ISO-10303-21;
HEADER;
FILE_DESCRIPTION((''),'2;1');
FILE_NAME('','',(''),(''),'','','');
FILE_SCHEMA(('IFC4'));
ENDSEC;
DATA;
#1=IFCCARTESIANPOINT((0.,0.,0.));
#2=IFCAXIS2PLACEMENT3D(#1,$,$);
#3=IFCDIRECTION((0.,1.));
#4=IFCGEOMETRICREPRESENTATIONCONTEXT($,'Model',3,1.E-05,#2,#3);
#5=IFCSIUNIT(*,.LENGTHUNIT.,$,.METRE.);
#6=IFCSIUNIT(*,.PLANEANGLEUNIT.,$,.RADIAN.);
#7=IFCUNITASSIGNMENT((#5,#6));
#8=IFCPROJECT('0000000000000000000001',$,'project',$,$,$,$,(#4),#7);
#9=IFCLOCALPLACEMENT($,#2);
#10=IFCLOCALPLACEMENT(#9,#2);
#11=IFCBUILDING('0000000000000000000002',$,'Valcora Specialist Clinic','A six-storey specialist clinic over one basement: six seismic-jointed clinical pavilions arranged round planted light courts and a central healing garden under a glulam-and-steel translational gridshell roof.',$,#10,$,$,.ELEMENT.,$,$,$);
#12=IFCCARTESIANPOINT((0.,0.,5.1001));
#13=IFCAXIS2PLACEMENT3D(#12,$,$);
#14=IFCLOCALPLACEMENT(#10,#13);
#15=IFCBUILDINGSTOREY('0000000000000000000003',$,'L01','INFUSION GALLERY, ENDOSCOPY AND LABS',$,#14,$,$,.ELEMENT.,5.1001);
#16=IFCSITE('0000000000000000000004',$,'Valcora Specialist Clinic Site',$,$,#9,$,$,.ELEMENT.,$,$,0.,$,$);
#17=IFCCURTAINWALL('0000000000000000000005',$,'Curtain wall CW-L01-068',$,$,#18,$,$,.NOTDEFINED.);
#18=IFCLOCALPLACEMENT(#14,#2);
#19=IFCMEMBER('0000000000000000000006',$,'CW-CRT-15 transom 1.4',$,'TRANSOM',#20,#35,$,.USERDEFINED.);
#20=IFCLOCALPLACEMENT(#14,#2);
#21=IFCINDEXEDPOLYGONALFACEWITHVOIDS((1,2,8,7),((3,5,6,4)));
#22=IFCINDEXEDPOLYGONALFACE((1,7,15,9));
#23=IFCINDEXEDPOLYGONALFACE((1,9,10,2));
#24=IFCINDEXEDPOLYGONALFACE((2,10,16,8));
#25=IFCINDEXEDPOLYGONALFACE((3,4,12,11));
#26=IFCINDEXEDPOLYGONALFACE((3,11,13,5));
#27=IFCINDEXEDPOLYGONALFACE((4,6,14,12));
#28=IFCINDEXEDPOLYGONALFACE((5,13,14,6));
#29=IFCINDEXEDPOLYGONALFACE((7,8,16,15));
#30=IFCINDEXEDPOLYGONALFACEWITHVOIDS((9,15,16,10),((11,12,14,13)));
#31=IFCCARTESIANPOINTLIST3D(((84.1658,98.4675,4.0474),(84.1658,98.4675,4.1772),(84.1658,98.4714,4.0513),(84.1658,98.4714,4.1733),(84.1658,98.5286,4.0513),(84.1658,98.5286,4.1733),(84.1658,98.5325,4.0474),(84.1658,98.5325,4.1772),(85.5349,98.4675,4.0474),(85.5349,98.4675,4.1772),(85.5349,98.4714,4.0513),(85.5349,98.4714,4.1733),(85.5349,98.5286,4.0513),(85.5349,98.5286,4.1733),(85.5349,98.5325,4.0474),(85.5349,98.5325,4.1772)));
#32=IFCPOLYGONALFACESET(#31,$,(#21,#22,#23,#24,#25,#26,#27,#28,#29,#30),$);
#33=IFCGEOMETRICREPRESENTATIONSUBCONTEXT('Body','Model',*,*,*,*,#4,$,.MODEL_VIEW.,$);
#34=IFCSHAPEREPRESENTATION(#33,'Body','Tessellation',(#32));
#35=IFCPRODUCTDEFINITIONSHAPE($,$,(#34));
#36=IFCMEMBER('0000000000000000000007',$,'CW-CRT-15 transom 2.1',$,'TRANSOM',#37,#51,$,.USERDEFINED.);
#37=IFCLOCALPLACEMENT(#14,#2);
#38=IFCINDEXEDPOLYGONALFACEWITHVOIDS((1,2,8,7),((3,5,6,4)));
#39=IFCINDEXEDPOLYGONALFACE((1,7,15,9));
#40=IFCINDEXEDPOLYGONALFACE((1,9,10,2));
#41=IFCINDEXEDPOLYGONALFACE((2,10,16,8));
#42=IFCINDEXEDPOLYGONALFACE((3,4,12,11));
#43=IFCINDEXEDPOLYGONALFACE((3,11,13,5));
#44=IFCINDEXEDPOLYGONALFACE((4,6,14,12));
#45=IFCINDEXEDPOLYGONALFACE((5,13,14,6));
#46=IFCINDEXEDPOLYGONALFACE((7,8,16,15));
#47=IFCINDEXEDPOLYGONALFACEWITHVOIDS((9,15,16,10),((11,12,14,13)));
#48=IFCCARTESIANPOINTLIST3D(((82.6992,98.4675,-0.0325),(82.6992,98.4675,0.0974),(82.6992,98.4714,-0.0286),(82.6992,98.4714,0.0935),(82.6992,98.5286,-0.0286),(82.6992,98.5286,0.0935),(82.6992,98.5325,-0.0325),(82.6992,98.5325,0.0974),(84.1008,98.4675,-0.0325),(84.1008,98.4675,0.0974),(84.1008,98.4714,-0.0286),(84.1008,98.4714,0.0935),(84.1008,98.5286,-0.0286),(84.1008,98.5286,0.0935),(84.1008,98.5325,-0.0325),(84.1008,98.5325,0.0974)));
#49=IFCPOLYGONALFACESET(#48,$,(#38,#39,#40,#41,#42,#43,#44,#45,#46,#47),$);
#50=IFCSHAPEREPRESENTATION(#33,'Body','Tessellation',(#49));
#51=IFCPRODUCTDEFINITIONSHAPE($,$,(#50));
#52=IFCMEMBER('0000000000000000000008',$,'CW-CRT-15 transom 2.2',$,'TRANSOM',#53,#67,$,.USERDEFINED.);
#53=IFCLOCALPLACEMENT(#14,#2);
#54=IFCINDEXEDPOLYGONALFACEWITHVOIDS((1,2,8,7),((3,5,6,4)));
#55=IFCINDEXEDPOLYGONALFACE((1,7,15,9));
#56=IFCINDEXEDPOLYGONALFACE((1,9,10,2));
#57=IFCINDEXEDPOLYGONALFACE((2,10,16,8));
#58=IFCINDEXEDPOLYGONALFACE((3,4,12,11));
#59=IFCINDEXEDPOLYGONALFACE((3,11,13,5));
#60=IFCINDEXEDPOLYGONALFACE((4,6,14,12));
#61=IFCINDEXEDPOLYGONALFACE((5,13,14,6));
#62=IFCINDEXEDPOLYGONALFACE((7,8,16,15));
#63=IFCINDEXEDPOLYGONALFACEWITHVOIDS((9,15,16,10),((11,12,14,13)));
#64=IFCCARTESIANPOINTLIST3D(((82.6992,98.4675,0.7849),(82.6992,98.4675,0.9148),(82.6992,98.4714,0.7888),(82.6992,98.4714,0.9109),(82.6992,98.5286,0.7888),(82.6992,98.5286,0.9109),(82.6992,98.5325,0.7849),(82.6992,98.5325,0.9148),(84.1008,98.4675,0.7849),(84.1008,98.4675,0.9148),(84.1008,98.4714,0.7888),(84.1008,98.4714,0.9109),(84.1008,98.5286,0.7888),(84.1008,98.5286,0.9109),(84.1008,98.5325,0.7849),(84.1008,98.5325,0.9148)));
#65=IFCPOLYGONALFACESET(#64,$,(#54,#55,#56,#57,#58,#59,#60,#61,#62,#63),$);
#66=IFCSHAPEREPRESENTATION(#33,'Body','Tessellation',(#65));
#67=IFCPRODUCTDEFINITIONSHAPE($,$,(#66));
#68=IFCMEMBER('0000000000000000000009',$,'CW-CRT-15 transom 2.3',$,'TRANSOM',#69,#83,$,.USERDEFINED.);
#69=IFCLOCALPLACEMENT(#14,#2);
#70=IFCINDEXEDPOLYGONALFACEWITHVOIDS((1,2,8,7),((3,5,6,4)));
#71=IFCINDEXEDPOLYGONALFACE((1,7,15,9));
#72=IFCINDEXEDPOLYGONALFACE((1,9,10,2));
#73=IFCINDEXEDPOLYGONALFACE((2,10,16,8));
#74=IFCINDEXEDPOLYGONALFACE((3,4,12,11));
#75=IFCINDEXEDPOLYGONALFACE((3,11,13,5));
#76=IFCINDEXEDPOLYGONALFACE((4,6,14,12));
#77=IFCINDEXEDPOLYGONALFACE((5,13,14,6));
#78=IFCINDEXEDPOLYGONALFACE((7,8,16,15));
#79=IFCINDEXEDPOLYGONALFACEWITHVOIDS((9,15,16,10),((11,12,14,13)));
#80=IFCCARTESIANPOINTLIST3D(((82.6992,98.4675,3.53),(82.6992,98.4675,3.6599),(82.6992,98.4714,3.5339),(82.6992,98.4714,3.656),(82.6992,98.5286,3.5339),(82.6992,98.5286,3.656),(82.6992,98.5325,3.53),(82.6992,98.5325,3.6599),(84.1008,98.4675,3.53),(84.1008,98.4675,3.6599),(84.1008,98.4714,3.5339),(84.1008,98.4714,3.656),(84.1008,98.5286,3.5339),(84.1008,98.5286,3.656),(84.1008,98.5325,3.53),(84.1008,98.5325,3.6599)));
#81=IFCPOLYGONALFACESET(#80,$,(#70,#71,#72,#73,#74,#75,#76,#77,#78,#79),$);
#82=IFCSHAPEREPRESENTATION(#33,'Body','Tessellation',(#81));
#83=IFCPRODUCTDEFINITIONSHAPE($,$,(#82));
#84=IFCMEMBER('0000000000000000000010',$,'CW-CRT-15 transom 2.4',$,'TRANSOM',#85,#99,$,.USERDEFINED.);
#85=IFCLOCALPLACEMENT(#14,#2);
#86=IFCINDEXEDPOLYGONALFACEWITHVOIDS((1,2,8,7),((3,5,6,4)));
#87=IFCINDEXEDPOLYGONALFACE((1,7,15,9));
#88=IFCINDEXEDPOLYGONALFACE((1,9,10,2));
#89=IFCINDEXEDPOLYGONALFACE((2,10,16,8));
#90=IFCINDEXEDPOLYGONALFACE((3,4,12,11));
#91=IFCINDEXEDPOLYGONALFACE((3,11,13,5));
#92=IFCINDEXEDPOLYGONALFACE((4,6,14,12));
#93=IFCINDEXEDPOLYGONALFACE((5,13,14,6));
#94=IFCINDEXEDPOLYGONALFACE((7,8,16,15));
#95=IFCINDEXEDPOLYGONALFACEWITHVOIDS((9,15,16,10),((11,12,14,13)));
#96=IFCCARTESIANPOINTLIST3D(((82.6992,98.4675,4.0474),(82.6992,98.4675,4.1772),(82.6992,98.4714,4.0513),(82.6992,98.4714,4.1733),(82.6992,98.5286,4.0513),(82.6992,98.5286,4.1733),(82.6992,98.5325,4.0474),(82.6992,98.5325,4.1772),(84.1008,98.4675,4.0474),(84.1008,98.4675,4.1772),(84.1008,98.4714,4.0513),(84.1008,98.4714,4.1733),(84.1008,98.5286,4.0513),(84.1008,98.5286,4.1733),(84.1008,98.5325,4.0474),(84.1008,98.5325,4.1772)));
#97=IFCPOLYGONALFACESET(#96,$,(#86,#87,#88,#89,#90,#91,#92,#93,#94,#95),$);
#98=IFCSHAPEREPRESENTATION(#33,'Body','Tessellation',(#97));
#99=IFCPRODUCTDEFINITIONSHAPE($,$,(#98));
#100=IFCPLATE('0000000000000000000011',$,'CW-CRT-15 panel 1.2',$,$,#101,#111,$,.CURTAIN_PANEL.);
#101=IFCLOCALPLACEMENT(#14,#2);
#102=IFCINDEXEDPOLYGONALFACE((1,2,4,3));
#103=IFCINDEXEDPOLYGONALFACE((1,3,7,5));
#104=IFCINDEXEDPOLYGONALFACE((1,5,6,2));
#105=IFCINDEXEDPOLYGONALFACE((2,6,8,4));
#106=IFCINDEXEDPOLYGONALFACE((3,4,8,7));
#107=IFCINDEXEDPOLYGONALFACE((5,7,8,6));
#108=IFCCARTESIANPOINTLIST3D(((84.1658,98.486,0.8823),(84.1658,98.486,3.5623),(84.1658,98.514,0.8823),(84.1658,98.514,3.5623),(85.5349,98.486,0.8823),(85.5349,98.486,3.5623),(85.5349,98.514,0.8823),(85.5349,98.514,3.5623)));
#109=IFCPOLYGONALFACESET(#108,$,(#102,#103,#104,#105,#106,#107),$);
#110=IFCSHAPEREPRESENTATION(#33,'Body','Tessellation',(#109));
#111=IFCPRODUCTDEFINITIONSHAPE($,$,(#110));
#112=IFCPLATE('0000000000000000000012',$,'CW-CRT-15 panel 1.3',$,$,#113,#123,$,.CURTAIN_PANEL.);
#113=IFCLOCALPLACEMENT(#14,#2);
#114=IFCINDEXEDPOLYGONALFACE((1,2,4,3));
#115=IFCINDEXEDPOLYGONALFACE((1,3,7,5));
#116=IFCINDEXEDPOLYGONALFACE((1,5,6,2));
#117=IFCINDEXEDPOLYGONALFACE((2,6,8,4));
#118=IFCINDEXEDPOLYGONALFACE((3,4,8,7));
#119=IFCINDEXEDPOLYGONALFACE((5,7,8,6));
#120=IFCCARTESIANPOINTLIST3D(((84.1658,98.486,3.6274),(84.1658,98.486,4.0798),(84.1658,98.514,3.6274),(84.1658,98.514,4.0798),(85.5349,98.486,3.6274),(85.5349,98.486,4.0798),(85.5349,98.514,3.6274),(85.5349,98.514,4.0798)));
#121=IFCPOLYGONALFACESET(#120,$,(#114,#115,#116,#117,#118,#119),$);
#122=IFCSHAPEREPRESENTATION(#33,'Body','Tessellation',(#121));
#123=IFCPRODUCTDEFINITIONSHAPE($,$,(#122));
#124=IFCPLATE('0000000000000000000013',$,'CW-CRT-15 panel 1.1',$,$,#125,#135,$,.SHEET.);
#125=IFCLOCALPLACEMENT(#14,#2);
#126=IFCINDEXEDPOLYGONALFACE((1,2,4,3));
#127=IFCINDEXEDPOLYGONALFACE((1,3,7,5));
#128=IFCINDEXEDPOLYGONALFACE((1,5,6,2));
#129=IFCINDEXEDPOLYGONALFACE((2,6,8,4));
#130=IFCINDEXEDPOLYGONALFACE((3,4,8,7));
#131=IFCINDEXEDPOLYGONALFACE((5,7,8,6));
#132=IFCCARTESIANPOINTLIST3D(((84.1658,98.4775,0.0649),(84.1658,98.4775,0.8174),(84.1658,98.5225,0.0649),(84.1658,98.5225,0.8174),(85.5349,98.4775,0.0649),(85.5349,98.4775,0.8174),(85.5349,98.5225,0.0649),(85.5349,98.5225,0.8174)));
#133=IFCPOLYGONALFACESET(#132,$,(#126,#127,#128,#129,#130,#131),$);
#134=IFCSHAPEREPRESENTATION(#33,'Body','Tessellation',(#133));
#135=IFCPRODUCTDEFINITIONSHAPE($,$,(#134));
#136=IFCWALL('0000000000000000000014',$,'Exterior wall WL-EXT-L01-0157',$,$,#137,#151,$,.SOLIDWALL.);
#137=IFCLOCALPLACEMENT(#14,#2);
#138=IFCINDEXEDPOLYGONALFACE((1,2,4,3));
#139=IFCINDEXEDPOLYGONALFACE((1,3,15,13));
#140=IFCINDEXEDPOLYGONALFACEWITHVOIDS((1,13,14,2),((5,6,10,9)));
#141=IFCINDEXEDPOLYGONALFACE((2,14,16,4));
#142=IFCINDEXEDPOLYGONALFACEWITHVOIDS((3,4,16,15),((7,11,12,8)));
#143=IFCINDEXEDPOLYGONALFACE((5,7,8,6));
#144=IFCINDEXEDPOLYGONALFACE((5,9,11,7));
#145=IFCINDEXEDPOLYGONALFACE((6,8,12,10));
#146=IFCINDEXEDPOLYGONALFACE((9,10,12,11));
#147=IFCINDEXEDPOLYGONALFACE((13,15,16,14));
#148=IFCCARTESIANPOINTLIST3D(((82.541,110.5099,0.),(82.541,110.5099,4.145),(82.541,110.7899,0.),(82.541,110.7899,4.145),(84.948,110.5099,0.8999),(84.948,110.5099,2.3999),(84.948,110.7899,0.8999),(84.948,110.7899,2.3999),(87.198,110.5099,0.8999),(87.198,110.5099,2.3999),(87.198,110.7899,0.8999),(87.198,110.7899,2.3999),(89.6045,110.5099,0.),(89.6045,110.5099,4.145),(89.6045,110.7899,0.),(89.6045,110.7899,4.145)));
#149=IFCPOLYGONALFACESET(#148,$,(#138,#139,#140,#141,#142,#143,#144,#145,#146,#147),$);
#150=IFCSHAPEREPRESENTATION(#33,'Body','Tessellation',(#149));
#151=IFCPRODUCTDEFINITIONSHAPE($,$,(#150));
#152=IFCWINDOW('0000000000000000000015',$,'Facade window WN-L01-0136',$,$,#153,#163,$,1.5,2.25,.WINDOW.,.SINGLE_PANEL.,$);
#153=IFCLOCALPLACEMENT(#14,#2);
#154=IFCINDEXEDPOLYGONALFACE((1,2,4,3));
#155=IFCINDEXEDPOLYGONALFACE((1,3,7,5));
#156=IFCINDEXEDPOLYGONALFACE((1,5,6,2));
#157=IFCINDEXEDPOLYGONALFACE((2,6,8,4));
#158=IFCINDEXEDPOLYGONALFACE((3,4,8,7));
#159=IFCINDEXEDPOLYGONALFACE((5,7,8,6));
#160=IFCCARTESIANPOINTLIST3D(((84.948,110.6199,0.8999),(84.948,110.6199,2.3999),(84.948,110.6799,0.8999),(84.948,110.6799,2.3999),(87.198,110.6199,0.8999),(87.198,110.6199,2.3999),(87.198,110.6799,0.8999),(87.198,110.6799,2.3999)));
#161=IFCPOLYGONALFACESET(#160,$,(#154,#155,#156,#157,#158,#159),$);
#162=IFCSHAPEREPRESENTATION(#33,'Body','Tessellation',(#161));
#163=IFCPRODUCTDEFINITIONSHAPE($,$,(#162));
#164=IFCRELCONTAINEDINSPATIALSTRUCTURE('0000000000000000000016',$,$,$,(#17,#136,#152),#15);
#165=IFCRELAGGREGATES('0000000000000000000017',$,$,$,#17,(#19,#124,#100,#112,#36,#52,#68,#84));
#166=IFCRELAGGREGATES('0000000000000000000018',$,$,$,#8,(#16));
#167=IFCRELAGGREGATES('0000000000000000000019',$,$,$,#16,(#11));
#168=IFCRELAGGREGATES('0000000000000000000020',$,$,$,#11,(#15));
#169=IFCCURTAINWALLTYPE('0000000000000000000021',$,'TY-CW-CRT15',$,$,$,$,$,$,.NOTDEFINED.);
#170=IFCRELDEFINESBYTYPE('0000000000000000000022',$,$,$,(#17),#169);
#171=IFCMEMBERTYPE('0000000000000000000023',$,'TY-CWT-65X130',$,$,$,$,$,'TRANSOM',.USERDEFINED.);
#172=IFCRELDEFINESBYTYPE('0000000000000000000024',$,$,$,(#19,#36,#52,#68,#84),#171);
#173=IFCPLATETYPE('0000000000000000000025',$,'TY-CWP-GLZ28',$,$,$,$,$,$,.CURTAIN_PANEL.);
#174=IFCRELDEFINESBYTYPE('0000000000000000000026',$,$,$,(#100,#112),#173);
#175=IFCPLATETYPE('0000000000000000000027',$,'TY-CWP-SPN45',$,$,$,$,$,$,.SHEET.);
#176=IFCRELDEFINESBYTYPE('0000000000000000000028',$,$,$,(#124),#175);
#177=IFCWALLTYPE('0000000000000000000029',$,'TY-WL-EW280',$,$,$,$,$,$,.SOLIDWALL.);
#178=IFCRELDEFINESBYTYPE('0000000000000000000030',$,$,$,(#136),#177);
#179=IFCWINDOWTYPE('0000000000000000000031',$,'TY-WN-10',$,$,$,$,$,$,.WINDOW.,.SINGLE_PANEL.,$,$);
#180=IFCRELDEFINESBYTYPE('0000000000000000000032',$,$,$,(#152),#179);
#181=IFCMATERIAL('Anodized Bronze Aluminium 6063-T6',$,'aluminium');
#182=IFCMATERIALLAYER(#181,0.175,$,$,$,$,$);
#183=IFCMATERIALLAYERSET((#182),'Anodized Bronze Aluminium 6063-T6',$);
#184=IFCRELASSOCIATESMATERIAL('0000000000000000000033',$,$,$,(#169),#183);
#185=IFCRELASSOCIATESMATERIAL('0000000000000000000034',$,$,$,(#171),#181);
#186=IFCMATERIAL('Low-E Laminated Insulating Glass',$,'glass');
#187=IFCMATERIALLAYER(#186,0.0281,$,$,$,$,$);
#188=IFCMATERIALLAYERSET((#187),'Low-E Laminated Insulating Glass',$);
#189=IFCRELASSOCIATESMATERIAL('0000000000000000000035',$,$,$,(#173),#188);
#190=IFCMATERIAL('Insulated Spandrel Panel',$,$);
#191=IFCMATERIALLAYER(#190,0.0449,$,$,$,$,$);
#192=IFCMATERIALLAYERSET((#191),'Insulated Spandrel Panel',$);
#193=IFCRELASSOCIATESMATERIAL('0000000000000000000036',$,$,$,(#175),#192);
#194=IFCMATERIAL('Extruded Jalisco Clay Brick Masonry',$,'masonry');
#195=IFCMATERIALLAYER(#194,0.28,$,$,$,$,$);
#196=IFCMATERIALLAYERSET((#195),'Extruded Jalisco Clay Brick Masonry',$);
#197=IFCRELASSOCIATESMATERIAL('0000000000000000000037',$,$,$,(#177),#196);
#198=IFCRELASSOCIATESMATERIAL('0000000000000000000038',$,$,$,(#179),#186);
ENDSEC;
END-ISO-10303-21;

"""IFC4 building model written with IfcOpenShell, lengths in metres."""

from ifc_helpers import new_model, si_unit, direction, frame, frame_2d, origin, origin_2d, place, context, subcontext, project, spatial, rectangle, hollow_rectangle, extrude, material, layer, layer_set, material_profile, profile_set, type_object, element, fill, aggregate, save


model = new_model("IFC4")

# Units and contexts
model_context = context("Model", 3, precision=1e-05, world=origin(), true_north=direction((0.0, 1.0)))
body_context = subcontext(model_context, "Body", "Model", "MODEL_VIEW")
ifc_project = project(units=[si_unit("LENGTHUNIT", "METRE"), si_unit("PLANEANGLEUNIT", "RADIAN")], contexts=[model_context])

# Site, building, storey
site_placement = place(None, origin())
site = spatial("IfcSite", under=ifc_project, at=site_placement, Name="Valcora Specialist Clinic Site", CompositionType="ELEMENT", RefElevation=0.0)
building_placement = place(site_placement, origin())
building = spatial("IfcBuilding", under=site, at=building_placement, Name="Valcora Specialist Clinic", Description="A six-storey specialist clinic over one basement: six seismic-jointed clinical pavilions arranged round planted light courts and a central healing garden under a glulam-and-steel translational gridshell roof.", CompositionType="ELEMENT")
storey_placement = place(building_placement, frame((0.0, 0.0, 5.1001)))
storey = spatial("IfcBuildingStorey", under=building, at=storey_placement, Name="L01", Description="INFUSION GALLERY, ENDOSCOPY AND LABS", CompositionType="ELEMENT", Elevation=5.1001)

# Shared definitions
ifc_material_1 = material(Name="Anodized Bronze Aluminium 6063-T6", Category="aluminium")
ifc_layer_1 = layer(ifc_material_1, 0.175)
ifc_layer_set_1 = layer_set([ifc_layer_1], Name="Anodized Bronze Aluminium 6063-T6")
curtain_wall_type = type_object("IfcCurtainWallType", Name="TY-CW-CRT15", PredefinedType="NOTDEFINED", material=ifc_layer_set_1)

# Curtain wall, members, plates
curtain_wall_1_placement = place(storey_placement, origin())
curtain_wall_1 = element("IfcCurtainWall", 1, at=curtain_wall_1_placement, inside=storey, type_object=curtain_wall_type, Name="Curtain wall CW-L01-068", PredefinedType="NOTDEFINED")
ifc_material_profile_1 = material_profile(ifc_material_1, hollow_rectangle(XDim=0.0649, YDim=0.1299, WallThickness=0.0039, at=origin_2d()), Name="AL-TRN-65X130")
ifc_profile_set_1 = profile_set([ifc_material_profile_1], Name="Anodized Bronze Aluminium 6063-T6")
member_type_1 = type_object("IfcMemberType", Name="TY-CWT-65X130", ElementType="TRANSOM", PredefinedType="USERDEFINED", material=ifc_profile_set_1)
member_1_placement = place(storey_placement, frame((85.5349, 98.5, 4.1123), z_axis=(-1.0, 0.0, 0.0), x_axis=(0.0, -1.0, 0.0)))
member_1 = element("IfcMember", 2, at=member_1_placement, type_object=member_type_1, Name="CW-CRT-15 transom 1.4", ObjectType="TRANSOM", PredefinedType="USERDEFINED", context=body_context, shape_type="SweptSolid", body=[
    extrude(hollow_rectangle(XDim=0.0649, YDim=0.1299, WallThickness=0.0039, at=origin_2d()), origin(), (0.0, 0.0, 1.0), 1.3691),
])
member_2_placement = place(storey_placement, frame((84.1008, 98.5, 0.0325), z_axis=(-1.0, 0.0, 0.0), x_axis=(0.0, -1.0, 0.0)))
member_2 = element("IfcMember", 3, at=member_2_placement, type_object=member_type_1, Name="CW-CRT-15 transom 2.1", ObjectType="TRANSOM", PredefinedType="USERDEFINED", context=body_context, shape_type="SweptSolid", body=[
    extrude(hollow_rectangle(XDim=0.0649, YDim=0.1299, WallThickness=0.0039, at=origin_2d()), origin(), (0.0, 0.0, 1.0), 1.4016),
])
member_3_placement = place(storey_placement, frame((84.1008, 98.5, 0.8499), z_axis=(-1.0, 0.0, 0.0), x_axis=(0.0, -1.0, 0.0)))
member_3 = element("IfcMember", 4, at=member_3_placement, type_object=member_type_1, Name="CW-CRT-15 transom 2.2", ObjectType="TRANSOM", PredefinedType="USERDEFINED", context=body_context, shape_type="SweptSolid", body=[
    extrude(hollow_rectangle(XDim=0.0649, YDim=0.1299, WallThickness=0.0039, at=origin_2d()), origin(), (0.0, 0.0, 1.0), 1.4016),
])
member_4_placement = place(storey_placement, frame((84.1008, 98.5, 3.595), z_axis=(-1.0, 0.0, 0.0), x_axis=(0.0, -1.0, 0.0)))
member_4 = element("IfcMember", 5, at=member_4_placement, type_object=member_type_1, Name="CW-CRT-15 transom 2.3", ObjectType="TRANSOM", PredefinedType="USERDEFINED", context=body_context, shape_type="SweptSolid", body=[
    extrude(hollow_rectangle(XDim=0.0649, YDim=0.1299, WallThickness=0.0039, at=origin_2d()), origin(), (0.0, 0.0, 1.0), 1.4016),
])
member_5_placement = place(storey_placement, frame((84.1008, 98.5, 4.1123), z_axis=(-1.0, 0.0, 0.0), x_axis=(0.0, -1.0, 0.0)))
member_5 = element("IfcMember", 6, at=member_5_placement, type_object=member_type_1, Name="CW-CRT-15 transom 2.4", ObjectType="TRANSOM", PredefinedType="USERDEFINED", context=body_context, shape_type="SweptSolid", body=[
    extrude(hollow_rectangle(XDim=0.0649, YDim=0.1299, WallThickness=0.0039, at=origin_2d()), origin(), (0.0, 0.0, 1.0), 1.4016),
])
ifc_material_2 = material(Name="Low-E Laminated Insulating Glass", Category="glass")
ifc_layer_2 = layer(ifc_material_2, 0.0281)
ifc_layer_set_2 = layer_set([ifc_layer_2], Name="Low-E Laminated Insulating Glass")
plate_type_1 = type_object("IfcPlateType", Name="TY-CWP-GLZ28", PredefinedType="CURTAIN_PANEL", material=ifc_layer_set_2)
plate_1_placement = place(storey_placement, frame((84.8503, 98.5, 0.8823), z_axis=(0.0, 0.0, 1.0), x_axis=(-1.0, 0.0, 0.0)))
plate_1 = element("IfcPlate", 7, at=plate_1_placement, type_object=plate_type_1, Name="CW-CRT-15 panel 1.2", PredefinedType="CURTAIN_PANEL", context=body_context, shape_type="SweptSolid", body=[
    extrude(rectangle(XDim=1.3691, YDim=0.0281, at=origin_2d()), origin(), (0.0, 0.0, 1.0), 2.6799),
])
plate_2_placement = place(storey_placement, frame((84.8503, 98.5, 3.6274), z_axis=(0.0, 0.0, 1.0), x_axis=(-1.0, 0.0, 0.0)))
plate_2 = element("IfcPlate", 8, at=plate_2_placement, type_object=plate_type_1, Name="CW-CRT-15 panel 1.3", PredefinedType="CURTAIN_PANEL", context=body_context, shape_type="SweptSolid", body=[
    extrude(rectangle(XDim=1.3691, YDim=0.0281, at=origin_2d()), origin(), (0.0, 0.0, 1.0), 0.4524),
])
ifc_material_3 = material(Name="Insulated Spandrel Panel")
ifc_layer_3 = layer(ifc_material_3, 0.0449)
ifc_layer_set_3 = layer_set([ifc_layer_3], Name="Insulated Spandrel Panel")
plate_type_2 = type_object("IfcPlateType", Name="TY-CWP-SPN45", PredefinedType="SHEET", material=ifc_layer_set_3)
plate_3_placement = place(storey_placement, frame((84.8503, 98.5, 0.0649), z_axis=(0.0, 0.0, 1.0), x_axis=(-1.0, 0.0, 0.0)))
plate_3 = element("IfcPlate", 9, at=plate_3_placement, type_object=plate_type_2, Name="CW-CRT-15 panel 1.1", PredefinedType="SHEET", context=body_context, shape_type="SweptSolid", body=[
    extrude(rectangle(XDim=1.3691, YDim=0.0449, at=origin_2d()), origin(), (0.0, 0.0, 1.0), 0.7524),
])
aggregate(curtain_wall_1, [member_1, plate_3, plate_1, plate_2, member_2, member_3, member_4, member_5])

# Wall, opening, window
ifc_material_4 = material(Name="Extruded Jalisco Clay Brick Masonry", Category="masonry")
ifc_layer_4 = layer(ifc_material_4, 0.28)
ifc_layer_set_4 = layer_set([ifc_layer_4], Name="Extruded Jalisco Clay Brick Masonry")
wall_type_1 = type_object("IfcWallType", Name="TY-WL-EW280", PredefinedType="SOLIDWALL", material=ifc_layer_set_4)
wall_1_placement = place(storey_placement, frame((82.541, 110.6499, 0.0), z_axis=(0.0, 0.0, 1.0), x_axis=(1.0, 0.0, 0.0)))
wall_1 = element("IfcWall", 10, at=wall_1_placement, inside=storey, type_object=wall_type_1, Name="Exterior wall WL-EXT-L01-0157", PredefinedType="SOLIDWALL", context=body_context, shape_type="SweptSolid", body=[
    extrude(rectangle(XDim=7.0635, YDim=0.28, at=frame_2d((3.5317, 0.0))), origin(), (0.0, 0.0, 1.0), 4.145),
])
opening_1_placement = place(wall_1_placement, frame((2.407, 0.0, 0.8999)))
opening_1 = element("IfcOpeningElement", 11, at=opening_1_placement, cuts=wall_1, PredefinedType="OPENING", context=body_context, shape_type="SweptSolid", body=[
    extrude(rectangle(XDim=2.25, YDim=1.5, at=frame_2d((1.125, 0.75))), frame((0.0, 0.1499, 0.0), z_axis=(0.0, -1.0, 0.0), x_axis=(1.0, 0.0, 0.0)), (0.0, 0.0, 1.0), 0.3),
])
window_type_1 = type_object("IfcWindowType", Name="TY-WN-10", PartitioningType="SINGLE_PANEL", PredefinedType="WINDOW", material=ifc_material_2)
window_1_placement = place(opening_1_placement, origin())
window_1 = element("IfcWindow", 12, at=window_1_placement, inside=storey, type_object=window_type_1, Name="Facade window WN-L01-0136", OverallHeight=1.5, OverallWidth=2.25, PartitioningType="SINGLE_PANEL", PredefinedType="WINDOW", context=body_context, shape_type="SweptSolid", body=[
    extrude(rectangle(XDim=2.25, YDim=1.5, at=frame_2d((1.125, 0.75))), frame((0.0, 0.03, 0.0), z_axis=(0.0, -1.0, 0.0), x_axis=(1.0, 0.0, 0.0)), (0.0, 0.0, 1.0), 0.0601),
])
fill(opening_1, window_1)

save(model, "model.ifc")
